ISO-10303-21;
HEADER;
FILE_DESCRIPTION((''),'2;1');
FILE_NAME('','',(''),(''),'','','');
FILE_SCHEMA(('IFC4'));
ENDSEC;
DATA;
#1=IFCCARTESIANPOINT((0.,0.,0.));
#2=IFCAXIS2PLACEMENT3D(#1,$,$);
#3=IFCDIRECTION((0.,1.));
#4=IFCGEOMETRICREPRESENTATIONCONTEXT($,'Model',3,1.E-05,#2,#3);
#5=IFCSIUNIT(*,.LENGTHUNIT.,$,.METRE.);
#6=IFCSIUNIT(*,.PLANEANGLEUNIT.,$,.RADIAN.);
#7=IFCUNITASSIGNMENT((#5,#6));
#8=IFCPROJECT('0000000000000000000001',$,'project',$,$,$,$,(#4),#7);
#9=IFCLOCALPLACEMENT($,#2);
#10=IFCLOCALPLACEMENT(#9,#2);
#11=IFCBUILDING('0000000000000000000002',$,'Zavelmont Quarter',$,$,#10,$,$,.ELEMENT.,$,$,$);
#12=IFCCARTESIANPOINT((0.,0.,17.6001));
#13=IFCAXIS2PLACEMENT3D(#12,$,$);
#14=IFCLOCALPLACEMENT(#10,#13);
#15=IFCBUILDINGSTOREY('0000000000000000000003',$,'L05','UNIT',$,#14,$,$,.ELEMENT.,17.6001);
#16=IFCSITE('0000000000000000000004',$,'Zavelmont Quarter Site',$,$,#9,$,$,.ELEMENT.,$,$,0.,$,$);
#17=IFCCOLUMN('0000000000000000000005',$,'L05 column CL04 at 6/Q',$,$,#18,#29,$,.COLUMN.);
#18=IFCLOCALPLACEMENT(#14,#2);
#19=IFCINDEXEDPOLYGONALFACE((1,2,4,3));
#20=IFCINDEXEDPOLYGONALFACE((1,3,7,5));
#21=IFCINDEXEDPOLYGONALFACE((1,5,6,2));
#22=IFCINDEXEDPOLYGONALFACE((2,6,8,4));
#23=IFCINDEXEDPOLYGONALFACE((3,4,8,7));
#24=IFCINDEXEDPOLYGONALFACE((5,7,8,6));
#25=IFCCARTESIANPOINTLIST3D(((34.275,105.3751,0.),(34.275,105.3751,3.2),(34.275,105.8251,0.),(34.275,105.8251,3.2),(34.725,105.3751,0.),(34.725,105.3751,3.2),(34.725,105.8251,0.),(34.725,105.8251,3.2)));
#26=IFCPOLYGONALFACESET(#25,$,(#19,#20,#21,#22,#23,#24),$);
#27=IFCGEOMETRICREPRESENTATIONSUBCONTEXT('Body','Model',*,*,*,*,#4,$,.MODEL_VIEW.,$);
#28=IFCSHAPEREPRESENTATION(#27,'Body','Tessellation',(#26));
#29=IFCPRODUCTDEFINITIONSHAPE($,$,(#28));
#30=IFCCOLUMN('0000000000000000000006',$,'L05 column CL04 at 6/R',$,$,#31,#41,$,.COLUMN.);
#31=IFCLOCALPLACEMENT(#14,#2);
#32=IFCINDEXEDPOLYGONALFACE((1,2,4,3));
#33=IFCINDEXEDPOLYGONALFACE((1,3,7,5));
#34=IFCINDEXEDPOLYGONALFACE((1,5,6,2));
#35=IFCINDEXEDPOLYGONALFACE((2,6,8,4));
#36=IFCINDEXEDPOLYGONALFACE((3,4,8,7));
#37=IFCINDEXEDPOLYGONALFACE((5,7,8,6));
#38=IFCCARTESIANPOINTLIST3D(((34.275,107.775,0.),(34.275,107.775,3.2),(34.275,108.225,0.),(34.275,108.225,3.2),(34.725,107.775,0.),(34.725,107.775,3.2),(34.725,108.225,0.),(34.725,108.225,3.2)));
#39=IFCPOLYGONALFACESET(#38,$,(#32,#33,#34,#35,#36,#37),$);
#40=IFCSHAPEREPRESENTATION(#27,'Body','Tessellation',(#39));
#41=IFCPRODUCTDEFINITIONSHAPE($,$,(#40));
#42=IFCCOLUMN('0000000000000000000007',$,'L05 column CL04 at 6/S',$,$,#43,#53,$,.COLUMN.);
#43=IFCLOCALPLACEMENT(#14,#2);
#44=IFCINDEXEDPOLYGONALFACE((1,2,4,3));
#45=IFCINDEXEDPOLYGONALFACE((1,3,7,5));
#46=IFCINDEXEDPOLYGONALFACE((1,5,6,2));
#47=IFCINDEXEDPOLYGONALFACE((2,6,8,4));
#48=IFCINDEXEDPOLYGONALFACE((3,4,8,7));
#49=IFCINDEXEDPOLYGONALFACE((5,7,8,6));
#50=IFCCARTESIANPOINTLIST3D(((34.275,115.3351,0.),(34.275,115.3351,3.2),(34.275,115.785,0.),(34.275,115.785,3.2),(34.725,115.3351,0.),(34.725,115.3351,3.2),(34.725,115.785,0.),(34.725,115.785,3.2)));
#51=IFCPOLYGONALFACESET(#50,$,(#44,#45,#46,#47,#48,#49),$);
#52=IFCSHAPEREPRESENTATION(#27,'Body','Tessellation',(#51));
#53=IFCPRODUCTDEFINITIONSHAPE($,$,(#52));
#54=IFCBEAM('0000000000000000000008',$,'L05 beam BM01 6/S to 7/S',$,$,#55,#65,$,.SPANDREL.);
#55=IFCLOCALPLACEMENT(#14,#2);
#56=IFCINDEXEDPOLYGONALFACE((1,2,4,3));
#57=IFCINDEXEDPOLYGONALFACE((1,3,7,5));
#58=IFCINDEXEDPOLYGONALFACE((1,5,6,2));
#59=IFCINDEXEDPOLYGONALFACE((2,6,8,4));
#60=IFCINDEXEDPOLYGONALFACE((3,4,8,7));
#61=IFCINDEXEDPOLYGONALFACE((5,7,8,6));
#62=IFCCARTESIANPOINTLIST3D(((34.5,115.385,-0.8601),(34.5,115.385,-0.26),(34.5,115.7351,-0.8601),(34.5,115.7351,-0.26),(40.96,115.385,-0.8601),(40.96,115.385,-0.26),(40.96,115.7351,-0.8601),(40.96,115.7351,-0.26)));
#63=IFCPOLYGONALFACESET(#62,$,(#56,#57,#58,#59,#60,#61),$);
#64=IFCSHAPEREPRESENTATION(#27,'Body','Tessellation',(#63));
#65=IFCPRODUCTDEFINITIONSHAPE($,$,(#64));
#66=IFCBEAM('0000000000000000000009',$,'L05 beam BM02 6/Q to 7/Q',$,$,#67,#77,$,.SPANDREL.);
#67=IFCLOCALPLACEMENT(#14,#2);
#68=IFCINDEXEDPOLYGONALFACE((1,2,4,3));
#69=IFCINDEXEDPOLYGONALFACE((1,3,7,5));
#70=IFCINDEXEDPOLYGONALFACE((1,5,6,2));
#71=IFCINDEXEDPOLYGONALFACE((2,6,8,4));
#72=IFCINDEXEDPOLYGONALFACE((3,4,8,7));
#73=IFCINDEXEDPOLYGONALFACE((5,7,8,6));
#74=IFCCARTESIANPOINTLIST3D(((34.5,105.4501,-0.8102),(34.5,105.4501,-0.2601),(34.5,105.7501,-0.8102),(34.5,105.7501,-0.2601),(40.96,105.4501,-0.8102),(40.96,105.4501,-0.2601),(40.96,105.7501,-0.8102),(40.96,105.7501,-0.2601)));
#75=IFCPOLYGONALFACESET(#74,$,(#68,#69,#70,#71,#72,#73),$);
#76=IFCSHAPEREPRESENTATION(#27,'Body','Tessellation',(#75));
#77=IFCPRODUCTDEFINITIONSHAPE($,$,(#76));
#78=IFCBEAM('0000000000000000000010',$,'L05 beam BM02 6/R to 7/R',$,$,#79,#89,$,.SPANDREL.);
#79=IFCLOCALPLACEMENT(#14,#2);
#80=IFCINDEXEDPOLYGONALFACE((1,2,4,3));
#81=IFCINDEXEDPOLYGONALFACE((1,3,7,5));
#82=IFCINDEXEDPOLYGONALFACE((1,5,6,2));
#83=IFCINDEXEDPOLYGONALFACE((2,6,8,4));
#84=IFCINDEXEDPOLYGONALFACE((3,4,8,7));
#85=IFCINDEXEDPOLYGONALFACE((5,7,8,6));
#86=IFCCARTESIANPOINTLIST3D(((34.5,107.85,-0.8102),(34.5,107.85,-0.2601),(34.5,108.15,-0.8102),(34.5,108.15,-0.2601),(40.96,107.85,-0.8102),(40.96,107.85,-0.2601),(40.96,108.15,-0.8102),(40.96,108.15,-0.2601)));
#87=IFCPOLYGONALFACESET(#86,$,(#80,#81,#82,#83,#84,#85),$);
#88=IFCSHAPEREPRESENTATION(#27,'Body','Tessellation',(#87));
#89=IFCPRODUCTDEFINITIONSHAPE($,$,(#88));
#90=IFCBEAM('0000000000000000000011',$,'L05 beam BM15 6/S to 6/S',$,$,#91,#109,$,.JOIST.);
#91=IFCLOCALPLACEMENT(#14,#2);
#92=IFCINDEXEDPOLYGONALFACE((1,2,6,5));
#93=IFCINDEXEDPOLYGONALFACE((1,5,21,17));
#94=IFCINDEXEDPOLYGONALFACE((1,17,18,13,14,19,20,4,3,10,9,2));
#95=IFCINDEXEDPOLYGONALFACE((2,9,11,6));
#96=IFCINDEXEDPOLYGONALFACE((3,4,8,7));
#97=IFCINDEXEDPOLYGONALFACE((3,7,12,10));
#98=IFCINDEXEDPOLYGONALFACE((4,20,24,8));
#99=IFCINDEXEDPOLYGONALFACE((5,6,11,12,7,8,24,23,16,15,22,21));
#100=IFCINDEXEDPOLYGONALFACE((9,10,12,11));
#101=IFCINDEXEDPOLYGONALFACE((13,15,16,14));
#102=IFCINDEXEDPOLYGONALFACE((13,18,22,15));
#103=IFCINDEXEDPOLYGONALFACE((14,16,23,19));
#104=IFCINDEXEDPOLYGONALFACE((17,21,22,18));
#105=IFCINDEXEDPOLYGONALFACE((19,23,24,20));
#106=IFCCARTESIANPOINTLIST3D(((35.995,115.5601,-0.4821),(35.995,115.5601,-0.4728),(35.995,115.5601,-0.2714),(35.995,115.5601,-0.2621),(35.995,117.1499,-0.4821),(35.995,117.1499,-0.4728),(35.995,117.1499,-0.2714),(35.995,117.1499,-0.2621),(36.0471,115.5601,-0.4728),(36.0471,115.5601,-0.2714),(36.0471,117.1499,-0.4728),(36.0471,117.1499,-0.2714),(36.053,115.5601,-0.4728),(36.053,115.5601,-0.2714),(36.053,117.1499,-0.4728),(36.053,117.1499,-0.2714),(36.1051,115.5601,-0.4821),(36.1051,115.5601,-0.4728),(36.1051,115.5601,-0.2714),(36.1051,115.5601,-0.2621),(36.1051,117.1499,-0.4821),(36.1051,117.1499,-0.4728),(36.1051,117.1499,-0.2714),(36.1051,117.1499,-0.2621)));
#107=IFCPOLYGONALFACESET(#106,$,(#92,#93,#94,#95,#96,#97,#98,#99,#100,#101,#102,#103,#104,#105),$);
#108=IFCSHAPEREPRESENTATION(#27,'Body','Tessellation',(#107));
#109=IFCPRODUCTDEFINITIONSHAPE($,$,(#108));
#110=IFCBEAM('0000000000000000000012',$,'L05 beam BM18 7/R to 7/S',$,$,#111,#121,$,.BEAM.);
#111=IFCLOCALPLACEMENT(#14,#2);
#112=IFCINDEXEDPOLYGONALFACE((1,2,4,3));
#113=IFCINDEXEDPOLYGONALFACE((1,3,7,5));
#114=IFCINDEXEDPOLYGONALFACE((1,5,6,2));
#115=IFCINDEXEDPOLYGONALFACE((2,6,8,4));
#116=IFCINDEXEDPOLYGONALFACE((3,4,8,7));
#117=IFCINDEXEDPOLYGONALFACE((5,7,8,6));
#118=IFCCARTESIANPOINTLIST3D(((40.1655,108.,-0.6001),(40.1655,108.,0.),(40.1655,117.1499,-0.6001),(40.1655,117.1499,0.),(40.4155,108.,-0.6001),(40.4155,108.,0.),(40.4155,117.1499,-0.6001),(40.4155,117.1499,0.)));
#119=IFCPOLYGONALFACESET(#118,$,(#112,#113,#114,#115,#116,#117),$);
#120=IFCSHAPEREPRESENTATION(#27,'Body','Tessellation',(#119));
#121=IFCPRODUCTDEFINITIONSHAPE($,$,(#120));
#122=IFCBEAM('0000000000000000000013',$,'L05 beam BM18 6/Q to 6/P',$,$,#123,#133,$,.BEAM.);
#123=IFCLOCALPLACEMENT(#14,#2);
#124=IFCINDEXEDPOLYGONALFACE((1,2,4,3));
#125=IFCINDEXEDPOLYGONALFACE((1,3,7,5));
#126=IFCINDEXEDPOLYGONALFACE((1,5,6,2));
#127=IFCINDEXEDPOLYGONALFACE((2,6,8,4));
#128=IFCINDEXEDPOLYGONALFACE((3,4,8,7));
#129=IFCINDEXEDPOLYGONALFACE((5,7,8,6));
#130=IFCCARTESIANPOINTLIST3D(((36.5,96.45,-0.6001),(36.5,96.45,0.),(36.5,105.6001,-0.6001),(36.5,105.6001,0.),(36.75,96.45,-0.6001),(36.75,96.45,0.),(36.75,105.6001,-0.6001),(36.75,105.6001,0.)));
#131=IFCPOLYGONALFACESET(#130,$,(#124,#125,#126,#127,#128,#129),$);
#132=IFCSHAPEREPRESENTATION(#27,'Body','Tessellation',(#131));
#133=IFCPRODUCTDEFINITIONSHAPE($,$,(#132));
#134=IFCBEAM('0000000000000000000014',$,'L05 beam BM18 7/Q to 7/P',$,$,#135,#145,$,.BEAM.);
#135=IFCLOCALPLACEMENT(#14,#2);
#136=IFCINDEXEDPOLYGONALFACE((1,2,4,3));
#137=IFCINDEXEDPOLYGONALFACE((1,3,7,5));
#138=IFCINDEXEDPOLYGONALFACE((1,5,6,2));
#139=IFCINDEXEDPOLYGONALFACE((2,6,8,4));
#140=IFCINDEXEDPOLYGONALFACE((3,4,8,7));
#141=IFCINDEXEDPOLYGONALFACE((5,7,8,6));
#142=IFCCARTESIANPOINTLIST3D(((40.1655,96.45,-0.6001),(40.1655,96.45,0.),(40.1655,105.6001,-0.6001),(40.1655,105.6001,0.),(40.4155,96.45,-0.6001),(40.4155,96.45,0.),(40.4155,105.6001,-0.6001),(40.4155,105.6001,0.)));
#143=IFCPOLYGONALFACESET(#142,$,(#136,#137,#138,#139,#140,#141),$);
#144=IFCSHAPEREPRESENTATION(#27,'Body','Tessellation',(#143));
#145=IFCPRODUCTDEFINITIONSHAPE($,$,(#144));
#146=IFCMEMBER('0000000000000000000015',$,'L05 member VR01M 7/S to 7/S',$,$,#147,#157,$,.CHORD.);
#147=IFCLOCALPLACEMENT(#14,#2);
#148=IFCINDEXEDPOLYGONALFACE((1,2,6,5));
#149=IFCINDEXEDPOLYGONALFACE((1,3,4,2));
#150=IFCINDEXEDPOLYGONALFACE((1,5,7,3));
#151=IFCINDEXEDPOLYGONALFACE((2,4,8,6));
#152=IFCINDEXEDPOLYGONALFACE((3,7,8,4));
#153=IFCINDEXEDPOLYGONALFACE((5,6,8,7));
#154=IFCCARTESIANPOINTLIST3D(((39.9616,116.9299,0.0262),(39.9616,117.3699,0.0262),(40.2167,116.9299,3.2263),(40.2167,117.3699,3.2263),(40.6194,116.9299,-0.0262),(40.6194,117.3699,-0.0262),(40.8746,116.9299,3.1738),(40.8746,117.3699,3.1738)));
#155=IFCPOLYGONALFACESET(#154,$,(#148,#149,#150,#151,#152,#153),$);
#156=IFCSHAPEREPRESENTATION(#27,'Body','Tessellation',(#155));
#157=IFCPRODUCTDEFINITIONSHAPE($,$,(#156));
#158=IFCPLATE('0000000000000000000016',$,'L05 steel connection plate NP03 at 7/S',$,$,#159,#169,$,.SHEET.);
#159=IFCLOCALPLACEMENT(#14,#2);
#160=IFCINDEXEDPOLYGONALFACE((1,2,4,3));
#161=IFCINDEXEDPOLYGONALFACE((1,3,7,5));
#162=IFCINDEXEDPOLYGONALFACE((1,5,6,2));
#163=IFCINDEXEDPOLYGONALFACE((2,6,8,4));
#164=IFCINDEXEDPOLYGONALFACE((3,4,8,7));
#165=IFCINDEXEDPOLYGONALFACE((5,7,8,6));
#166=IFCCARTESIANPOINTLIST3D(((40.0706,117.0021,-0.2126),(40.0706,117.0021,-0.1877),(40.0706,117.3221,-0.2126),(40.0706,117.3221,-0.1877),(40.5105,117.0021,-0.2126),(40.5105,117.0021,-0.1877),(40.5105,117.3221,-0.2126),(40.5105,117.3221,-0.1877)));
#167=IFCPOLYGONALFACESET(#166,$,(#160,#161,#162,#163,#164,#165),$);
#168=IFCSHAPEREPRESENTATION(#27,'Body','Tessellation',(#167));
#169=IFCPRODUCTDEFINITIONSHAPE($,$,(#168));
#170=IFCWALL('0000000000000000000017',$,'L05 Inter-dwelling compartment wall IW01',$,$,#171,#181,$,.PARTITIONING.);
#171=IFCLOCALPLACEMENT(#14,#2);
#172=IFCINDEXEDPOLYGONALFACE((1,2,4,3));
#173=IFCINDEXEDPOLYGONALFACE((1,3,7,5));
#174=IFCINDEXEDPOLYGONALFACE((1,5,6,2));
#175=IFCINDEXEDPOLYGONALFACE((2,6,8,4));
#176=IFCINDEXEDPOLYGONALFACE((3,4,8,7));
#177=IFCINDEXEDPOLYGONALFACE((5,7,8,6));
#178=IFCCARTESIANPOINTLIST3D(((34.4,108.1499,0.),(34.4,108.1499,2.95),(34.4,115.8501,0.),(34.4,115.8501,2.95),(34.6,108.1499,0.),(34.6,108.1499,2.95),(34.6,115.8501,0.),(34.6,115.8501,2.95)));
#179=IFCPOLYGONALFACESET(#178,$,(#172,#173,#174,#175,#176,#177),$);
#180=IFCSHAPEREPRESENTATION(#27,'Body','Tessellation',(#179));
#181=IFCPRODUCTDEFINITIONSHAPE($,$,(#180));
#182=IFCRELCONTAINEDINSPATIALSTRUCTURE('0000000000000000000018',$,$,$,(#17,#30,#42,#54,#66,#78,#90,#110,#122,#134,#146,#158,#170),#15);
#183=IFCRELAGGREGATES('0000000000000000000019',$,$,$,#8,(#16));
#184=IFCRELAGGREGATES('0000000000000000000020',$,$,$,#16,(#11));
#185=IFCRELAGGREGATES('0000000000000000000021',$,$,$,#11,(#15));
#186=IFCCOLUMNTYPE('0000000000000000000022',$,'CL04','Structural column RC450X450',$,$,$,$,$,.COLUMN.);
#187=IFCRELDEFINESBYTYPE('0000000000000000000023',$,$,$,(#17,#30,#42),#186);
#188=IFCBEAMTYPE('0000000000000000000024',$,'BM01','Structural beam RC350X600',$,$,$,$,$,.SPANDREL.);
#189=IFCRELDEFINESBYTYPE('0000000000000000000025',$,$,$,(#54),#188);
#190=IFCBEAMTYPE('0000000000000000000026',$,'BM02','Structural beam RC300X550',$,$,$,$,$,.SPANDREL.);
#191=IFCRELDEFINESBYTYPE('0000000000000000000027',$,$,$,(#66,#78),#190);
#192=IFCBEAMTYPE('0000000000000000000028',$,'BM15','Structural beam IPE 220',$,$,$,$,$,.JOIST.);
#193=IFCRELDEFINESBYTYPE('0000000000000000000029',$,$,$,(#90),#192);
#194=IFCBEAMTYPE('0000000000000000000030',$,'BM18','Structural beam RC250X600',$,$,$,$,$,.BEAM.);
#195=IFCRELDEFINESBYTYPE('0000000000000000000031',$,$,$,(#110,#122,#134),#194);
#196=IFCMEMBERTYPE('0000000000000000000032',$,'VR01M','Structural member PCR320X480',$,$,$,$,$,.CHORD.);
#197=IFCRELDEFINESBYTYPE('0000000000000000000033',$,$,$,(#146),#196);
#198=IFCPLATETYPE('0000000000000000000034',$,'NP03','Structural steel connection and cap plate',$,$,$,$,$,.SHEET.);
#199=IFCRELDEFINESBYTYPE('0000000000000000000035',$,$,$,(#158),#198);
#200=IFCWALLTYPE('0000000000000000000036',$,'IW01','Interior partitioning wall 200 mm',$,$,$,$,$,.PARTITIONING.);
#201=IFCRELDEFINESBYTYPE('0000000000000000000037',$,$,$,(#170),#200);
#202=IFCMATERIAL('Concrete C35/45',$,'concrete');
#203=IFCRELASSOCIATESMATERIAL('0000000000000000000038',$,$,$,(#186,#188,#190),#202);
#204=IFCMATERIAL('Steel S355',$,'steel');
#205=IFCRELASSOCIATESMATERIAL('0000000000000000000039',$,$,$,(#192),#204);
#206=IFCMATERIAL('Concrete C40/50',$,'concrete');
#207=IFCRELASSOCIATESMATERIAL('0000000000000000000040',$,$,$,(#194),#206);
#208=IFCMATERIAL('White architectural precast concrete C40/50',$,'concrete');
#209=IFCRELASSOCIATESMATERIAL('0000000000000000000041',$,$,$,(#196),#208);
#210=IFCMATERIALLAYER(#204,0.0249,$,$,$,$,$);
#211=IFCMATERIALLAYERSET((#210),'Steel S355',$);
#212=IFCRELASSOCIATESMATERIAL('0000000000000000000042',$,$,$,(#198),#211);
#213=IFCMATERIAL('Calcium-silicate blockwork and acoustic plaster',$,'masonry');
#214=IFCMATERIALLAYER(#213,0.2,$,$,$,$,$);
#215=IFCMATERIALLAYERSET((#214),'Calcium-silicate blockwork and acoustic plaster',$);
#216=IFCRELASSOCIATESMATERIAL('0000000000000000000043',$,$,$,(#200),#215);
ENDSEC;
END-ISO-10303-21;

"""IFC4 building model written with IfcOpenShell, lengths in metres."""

from ifc_helpers import new_model, si_unit, direction, frame, frame_2d, origin, origin_2d, place, context, subcontext, project, spatial, rectangle, i_section, extrude, material, layer, layer_set, material_profile, profile_set, type_object, element, save


model = new_model("IFC4")

# Units and contexts
model_context = context("Model", 3, precision=1e-05, world=origin(), true_north=direction((0.0, 1.0)))
body_context = subcontext(model_context, "Body", "Model", "MODEL_VIEW")
ifc_project = project(units=[si_unit("LENGTHUNIT", "METRE"), si_unit("PLANEANGLEUNIT", "RADIAN")], contexts=[model_context])

# Site, building, storey
site_placement = place(None, origin())
site = spatial("IfcSite", under=ifc_project, at=site_placement, Name="Zavelmont Quarter Site", CompositionType="ELEMENT", RefElevation=0.0)
building_placement = place(site_placement, origin())
building = spatial("IfcBuilding", under=site, at=building_placement, Name="Zavelmont Quarter", CompositionType="ELEMENT")
storey_placement = place(building_placement, frame((0.0, 0.0, 17.6001)))
storey = spatial("IfcBuildingStorey", under=building, at=storey_placement, Name="L05", Description="UNIT", CompositionType="ELEMENT", Elevation=17.6001)

# Columns
ifc_material_1 = material(Name="Concrete C35/45", Category="concrete")
ifc_material_profile_1 = material_profile(ifc_material_1, rectangle(XDim=0.45, YDim=0.45, at=origin_2d()), Name="RC450X450")
ifc_profile_set_1 = profile_set([ifc_material_profile_1], Name="Concrete C35/45")
column_type = type_object("IfcColumnType", Name="CL04", Description="Structural column RC450X450", PredefinedType="COLUMN", material=ifc_profile_set_1)
for number, where, z_axis, x_axis, name in (
    (1, (34.5, 105.6001, 0.0), (0.0, 0.0, 1.0), (1.0, 0.0, 0.0), "L05 column CL04 at 6/Q"),
    (2, (34.5, 108.0, 0.0), (0.0, 0.0, 1.0), (1.0, 0.0, 0.0), "L05 column CL04 at 6/R"),
    (3, (34.5, 115.5601, 0.0), (0.0, 0.0, 1.0), (1.0, 0.0, 0.0), "L05 column CL04 at 6/S"),
):
    element("IfcColumn", number, at=place(storey_placement, frame(where, z_axis=z_axis, x_axis=x_axis)), inside=storey, type_object=column_type, Name=name, PredefinedType="COLUMN", context=body_context, shape_type="SweptSolid", body=[
        extrude(rectangle(XDim=0.45, YDim=0.45, at=origin_2d()), origin(), (0.0, 0.0, 1.0), 3.2),
    ])

# Beams
ifc_material_profile_2 = material_profile(ifc_material_1, rectangle(XDim=0.3501, YDim=0.6001, at=origin_2d()), Name="RC350X600")
ifc_profile_set_2 = profile_set([ifc_material_profile_2], Name="Concrete C35/45")
beam_type_1 = type_object("IfcBeamType", Name="BM01", Description="Structural beam RC350X600", PredefinedType="SPANDREL", material=ifc_profile_set_2)
beam_1_placement = place(storey_placement, frame((34.5, 115.5601, -0.5601), z_axis=(1.0, 0.0, 0.0), x_axis=(0.0, 1.0, 0.0)))
element("IfcBeam", 4, at=beam_1_placement, inside=storey, type_object=beam_type_1, Name="L05 beam BM01 6/S to 7/S", PredefinedType="SPANDREL", context=body_context, shape_type="SweptSolid", body=[
    extrude(rectangle(XDim=0.3501, YDim=0.6001, at=origin_2d()), origin(), (0.0, 0.0, 1.0), 6.46),
])
ifc_material_profile_3 = material_profile(ifc_material_1, rectangle(XDim=0.3, YDim=0.55, at=origin_2d()), Name="RC300X550")
ifc_profile_set_3 = profile_set([ifc_material_profile_3], Name="Concrete C35/45")
beam_type_2 = type_object("IfcBeamType", Name="BM02", Description="Structural beam RC300X550", PredefinedType="SPANDREL", material=ifc_profile_set_3)
for number, where, z_axis, x_axis, name in (
    (5, (34.5, 105.6001, -0.5352), (1.0, 0.0, 0.0), (0.0, 1.0, 0.0), "L05 beam BM02 6/Q to 7/Q"),
    (6, (34.5, 108.0, -0.5352), (1.0, 0.0, 0.0), (0.0, 1.0, 0.0), "L05 beam BM02 6/R to 7/R"),
):
    element("IfcBeam", number, at=place(storey_placement, frame(where, z_axis=z_axis, x_axis=x_axis)), inside=storey, type_object=beam_type_2, Name=name, PredefinedType="SPANDREL", context=body_context, shape_type="SweptSolid", body=[
        extrude(rectangle(XDim=0.3, YDim=0.55, at=origin_2d()), origin(), (0.0, 0.0, 1.0), 6.46),
    ])
ifc_material_2 = material(Name="Steel S355", Category="steel")
ifc_material_profile_4 = material_profile(ifc_material_2, i_section(OverallWidth=0.1101, OverallDepth=0.22, WebThickness=0.0059, FlangeThickness=0.0093, at=origin_2d()), Name="IPE 220")
ifc_profile_set_4 = profile_set([ifc_material_profile_4], Name="Steel S355")
beam_type_3 = type_object("IfcBeamType", Name="BM15", Description="Structural beam IPE 220", PredefinedType="JOIST", material=ifc_profile_set_4)
beam_2_placement = place(storey_placement, frame((36.05, 115.5601, -0.3721), z_axis=(0.0, 1.0, 0.0), x_axis=(-1.0, 0.0, 0.0)))
element("IfcBeam", 7, at=beam_2_placement, inside=storey, type_object=beam_type_3, Name="L05 beam BM15 6/S to 6/S", PredefinedType="JOIST", context=body_context, shape_type="SweptSolid", body=[
    extrude(i_section(OverallWidth=0.1101, OverallDepth=0.22, WebThickness=0.0059, FlangeThickness=0.0093, at=origin_2d()), origin(), (0.0, 0.0, 1.0), 1.5898),
])
ifc_material_3 = material(Name="Concrete C40/50", Category="concrete")
ifc_material_profile_5 = material_profile(ifc_material_3, rectangle(XDim=0.25, YDim=0.6001, at=origin_2d()), Name="RC250X600")
ifc_profile_set_5 = profile_set([ifc_material_profile_5], Name="Concrete C40/50")
beam_type_4 = type_object("IfcBeamType", Name="BM18", Description="Structural beam RC250X600", PredefinedType="BEAM", material=ifc_profile_set_5)
beam_3_placement = place(storey_placement, frame((40.2905, 108.0, -0.3), z_axis=(0.0, 1.0, 0.0), x_axis=(-1.0, 0.0, 0.0)))
element("IfcBeam", 8, at=beam_3_placement, inside=storey, type_object=beam_type_4, Name="L05 beam BM18 7/R to 7/S", PredefinedType="BEAM", context=body_context, shape_type="SweptSolid", body=[
    extrude(rectangle(XDim=0.25, YDim=0.6001, at=origin_2d()), origin(), (0.0, 0.0, 1.0), 9.1499),
])
for number, where, z_axis, x_axis, name in (
    (9, (36.625, 105.6001, -0.3), (0.0, -1.0, 0.0), (1.0, 0.0, 0.0), "L05 beam BM18 6/Q to 6/P"),
    (10, (40.2905, 105.6001, -0.3), (0.0, -1.0, 0.0), (1.0, 0.0, 0.0), "L05 beam BM18 7/Q to 7/P"),
):
    element("IfcBeam", number, at=place(storey_placement, frame(where, z_axis=z_axis, x_axis=x_axis)), inside=storey, type_object=beam_type_4, Name=name, PredefinedType="BEAM", context=body_context, shape_type="SweptSolid", body=[
        extrude(rectangle(XDim=0.25, YDim=0.6001, at=origin_2d()), origin(), (0.0, 0.0, 1.0), 9.1501),
    ])

# Member
ifc_material_4 = material(Name="White architectural precast concrete C40/50", Category="concrete")
ifc_material_profile_6 = material_profile(ifc_material_4, rectangle(XDim=0.4399, YDim=0.6599, at=origin_2d()), Name="PCR320X480")
ifc_profile_set_6 = profile_set([ifc_material_profile_6], Name="White architectural precast concrete C40/50")
member_type = type_object("IfcMemberType", Name="VR01M", Description="Structural member PCR320X480", PredefinedType="CHORD", material=ifc_profile_set_6)
member_placement = place(storey_placement, frame((40.2905, 117.1499, 0.0), z_axis=(0.079476, 0.0, 0.996837), x_axis=(0.0, 1.0, 0.0)))
element("IfcMember", 11, at=member_placement, inside=storey, type_object=member_type, Name="L05 member VR01M 7/S to 7/S", PredefinedType="CHORD", context=body_context, shape_type="SweptSolid", body=[
    extrude(rectangle(XDim=0.4399, YDim=0.6599, at=origin_2d()), origin(), (0.0, 0.0, 1.0), 3.2102),
])

# Plate
ifc_layer_1 = layer(ifc_material_2, 0.0249)
ifc_layer_set_1 = layer_set([ifc_layer_1], Name="Steel S355")
plate_type = type_object("IfcPlateType", Name="NP03", Description="Structural steel connection and cap plate", PredefinedType="SHEET", material=ifc_layer_set_1)
plate_placement = place(storey_placement, frame((40.2905, 117.1621, -0.2126), z_axis=(0.0, 0.0, 1.0), x_axis=(1.0, 0.0, 0.0)))
element("IfcPlate", 12, at=plate_placement, inside=storey, type_object=plate_type, Name="L05 steel connection plate NP03 at 7/S", PredefinedType="SHEET", context=body_context, shape_type="SweptSolid", body=[
    extrude(rectangle(XDim=0.4399, YDim=0.3201, at=origin_2d()), origin(), (0.0, 0.0, 1.0), 0.0249),
])

# Wall
ifc_material_5 = material(Name="Calcium-silicate blockwork and acoustic plaster", Category="masonry")
ifc_layer_2 = layer(ifc_material_5, 0.2)
ifc_layer_set_2 = layer_set([ifc_layer_2], Name="Calcium-silicate blockwork and acoustic plaster")
wall_type_1 = type_object("IfcWallType", Name="IW01", Description="Interior partitioning wall 200 mm", PredefinedType="PARTITIONING", material=ifc_layer_set_2)
wall_1_placement = place(storey_placement, frame((34.5, 108.1499, 0.0), z_axis=(0.0, 0.0, 1.0), x_axis=(0.0, 1.0, 0.0)))
element("IfcWall", 13, at=wall_1_placement, inside=storey, type_object=wall_type_1, Name="L05 Inter-dwelling compartment wall IW01", PredefinedType="PARTITIONING", context=body_context, shape_type="SweptSolid", body=[
    extrude(rectangle(XDim=7.7002, YDim=0.2, at=frame_2d((3.8501, 0.0))), origin(), (0.0, 0.0, 1.0), 2.95),
])

save(model, "model.ifc")
